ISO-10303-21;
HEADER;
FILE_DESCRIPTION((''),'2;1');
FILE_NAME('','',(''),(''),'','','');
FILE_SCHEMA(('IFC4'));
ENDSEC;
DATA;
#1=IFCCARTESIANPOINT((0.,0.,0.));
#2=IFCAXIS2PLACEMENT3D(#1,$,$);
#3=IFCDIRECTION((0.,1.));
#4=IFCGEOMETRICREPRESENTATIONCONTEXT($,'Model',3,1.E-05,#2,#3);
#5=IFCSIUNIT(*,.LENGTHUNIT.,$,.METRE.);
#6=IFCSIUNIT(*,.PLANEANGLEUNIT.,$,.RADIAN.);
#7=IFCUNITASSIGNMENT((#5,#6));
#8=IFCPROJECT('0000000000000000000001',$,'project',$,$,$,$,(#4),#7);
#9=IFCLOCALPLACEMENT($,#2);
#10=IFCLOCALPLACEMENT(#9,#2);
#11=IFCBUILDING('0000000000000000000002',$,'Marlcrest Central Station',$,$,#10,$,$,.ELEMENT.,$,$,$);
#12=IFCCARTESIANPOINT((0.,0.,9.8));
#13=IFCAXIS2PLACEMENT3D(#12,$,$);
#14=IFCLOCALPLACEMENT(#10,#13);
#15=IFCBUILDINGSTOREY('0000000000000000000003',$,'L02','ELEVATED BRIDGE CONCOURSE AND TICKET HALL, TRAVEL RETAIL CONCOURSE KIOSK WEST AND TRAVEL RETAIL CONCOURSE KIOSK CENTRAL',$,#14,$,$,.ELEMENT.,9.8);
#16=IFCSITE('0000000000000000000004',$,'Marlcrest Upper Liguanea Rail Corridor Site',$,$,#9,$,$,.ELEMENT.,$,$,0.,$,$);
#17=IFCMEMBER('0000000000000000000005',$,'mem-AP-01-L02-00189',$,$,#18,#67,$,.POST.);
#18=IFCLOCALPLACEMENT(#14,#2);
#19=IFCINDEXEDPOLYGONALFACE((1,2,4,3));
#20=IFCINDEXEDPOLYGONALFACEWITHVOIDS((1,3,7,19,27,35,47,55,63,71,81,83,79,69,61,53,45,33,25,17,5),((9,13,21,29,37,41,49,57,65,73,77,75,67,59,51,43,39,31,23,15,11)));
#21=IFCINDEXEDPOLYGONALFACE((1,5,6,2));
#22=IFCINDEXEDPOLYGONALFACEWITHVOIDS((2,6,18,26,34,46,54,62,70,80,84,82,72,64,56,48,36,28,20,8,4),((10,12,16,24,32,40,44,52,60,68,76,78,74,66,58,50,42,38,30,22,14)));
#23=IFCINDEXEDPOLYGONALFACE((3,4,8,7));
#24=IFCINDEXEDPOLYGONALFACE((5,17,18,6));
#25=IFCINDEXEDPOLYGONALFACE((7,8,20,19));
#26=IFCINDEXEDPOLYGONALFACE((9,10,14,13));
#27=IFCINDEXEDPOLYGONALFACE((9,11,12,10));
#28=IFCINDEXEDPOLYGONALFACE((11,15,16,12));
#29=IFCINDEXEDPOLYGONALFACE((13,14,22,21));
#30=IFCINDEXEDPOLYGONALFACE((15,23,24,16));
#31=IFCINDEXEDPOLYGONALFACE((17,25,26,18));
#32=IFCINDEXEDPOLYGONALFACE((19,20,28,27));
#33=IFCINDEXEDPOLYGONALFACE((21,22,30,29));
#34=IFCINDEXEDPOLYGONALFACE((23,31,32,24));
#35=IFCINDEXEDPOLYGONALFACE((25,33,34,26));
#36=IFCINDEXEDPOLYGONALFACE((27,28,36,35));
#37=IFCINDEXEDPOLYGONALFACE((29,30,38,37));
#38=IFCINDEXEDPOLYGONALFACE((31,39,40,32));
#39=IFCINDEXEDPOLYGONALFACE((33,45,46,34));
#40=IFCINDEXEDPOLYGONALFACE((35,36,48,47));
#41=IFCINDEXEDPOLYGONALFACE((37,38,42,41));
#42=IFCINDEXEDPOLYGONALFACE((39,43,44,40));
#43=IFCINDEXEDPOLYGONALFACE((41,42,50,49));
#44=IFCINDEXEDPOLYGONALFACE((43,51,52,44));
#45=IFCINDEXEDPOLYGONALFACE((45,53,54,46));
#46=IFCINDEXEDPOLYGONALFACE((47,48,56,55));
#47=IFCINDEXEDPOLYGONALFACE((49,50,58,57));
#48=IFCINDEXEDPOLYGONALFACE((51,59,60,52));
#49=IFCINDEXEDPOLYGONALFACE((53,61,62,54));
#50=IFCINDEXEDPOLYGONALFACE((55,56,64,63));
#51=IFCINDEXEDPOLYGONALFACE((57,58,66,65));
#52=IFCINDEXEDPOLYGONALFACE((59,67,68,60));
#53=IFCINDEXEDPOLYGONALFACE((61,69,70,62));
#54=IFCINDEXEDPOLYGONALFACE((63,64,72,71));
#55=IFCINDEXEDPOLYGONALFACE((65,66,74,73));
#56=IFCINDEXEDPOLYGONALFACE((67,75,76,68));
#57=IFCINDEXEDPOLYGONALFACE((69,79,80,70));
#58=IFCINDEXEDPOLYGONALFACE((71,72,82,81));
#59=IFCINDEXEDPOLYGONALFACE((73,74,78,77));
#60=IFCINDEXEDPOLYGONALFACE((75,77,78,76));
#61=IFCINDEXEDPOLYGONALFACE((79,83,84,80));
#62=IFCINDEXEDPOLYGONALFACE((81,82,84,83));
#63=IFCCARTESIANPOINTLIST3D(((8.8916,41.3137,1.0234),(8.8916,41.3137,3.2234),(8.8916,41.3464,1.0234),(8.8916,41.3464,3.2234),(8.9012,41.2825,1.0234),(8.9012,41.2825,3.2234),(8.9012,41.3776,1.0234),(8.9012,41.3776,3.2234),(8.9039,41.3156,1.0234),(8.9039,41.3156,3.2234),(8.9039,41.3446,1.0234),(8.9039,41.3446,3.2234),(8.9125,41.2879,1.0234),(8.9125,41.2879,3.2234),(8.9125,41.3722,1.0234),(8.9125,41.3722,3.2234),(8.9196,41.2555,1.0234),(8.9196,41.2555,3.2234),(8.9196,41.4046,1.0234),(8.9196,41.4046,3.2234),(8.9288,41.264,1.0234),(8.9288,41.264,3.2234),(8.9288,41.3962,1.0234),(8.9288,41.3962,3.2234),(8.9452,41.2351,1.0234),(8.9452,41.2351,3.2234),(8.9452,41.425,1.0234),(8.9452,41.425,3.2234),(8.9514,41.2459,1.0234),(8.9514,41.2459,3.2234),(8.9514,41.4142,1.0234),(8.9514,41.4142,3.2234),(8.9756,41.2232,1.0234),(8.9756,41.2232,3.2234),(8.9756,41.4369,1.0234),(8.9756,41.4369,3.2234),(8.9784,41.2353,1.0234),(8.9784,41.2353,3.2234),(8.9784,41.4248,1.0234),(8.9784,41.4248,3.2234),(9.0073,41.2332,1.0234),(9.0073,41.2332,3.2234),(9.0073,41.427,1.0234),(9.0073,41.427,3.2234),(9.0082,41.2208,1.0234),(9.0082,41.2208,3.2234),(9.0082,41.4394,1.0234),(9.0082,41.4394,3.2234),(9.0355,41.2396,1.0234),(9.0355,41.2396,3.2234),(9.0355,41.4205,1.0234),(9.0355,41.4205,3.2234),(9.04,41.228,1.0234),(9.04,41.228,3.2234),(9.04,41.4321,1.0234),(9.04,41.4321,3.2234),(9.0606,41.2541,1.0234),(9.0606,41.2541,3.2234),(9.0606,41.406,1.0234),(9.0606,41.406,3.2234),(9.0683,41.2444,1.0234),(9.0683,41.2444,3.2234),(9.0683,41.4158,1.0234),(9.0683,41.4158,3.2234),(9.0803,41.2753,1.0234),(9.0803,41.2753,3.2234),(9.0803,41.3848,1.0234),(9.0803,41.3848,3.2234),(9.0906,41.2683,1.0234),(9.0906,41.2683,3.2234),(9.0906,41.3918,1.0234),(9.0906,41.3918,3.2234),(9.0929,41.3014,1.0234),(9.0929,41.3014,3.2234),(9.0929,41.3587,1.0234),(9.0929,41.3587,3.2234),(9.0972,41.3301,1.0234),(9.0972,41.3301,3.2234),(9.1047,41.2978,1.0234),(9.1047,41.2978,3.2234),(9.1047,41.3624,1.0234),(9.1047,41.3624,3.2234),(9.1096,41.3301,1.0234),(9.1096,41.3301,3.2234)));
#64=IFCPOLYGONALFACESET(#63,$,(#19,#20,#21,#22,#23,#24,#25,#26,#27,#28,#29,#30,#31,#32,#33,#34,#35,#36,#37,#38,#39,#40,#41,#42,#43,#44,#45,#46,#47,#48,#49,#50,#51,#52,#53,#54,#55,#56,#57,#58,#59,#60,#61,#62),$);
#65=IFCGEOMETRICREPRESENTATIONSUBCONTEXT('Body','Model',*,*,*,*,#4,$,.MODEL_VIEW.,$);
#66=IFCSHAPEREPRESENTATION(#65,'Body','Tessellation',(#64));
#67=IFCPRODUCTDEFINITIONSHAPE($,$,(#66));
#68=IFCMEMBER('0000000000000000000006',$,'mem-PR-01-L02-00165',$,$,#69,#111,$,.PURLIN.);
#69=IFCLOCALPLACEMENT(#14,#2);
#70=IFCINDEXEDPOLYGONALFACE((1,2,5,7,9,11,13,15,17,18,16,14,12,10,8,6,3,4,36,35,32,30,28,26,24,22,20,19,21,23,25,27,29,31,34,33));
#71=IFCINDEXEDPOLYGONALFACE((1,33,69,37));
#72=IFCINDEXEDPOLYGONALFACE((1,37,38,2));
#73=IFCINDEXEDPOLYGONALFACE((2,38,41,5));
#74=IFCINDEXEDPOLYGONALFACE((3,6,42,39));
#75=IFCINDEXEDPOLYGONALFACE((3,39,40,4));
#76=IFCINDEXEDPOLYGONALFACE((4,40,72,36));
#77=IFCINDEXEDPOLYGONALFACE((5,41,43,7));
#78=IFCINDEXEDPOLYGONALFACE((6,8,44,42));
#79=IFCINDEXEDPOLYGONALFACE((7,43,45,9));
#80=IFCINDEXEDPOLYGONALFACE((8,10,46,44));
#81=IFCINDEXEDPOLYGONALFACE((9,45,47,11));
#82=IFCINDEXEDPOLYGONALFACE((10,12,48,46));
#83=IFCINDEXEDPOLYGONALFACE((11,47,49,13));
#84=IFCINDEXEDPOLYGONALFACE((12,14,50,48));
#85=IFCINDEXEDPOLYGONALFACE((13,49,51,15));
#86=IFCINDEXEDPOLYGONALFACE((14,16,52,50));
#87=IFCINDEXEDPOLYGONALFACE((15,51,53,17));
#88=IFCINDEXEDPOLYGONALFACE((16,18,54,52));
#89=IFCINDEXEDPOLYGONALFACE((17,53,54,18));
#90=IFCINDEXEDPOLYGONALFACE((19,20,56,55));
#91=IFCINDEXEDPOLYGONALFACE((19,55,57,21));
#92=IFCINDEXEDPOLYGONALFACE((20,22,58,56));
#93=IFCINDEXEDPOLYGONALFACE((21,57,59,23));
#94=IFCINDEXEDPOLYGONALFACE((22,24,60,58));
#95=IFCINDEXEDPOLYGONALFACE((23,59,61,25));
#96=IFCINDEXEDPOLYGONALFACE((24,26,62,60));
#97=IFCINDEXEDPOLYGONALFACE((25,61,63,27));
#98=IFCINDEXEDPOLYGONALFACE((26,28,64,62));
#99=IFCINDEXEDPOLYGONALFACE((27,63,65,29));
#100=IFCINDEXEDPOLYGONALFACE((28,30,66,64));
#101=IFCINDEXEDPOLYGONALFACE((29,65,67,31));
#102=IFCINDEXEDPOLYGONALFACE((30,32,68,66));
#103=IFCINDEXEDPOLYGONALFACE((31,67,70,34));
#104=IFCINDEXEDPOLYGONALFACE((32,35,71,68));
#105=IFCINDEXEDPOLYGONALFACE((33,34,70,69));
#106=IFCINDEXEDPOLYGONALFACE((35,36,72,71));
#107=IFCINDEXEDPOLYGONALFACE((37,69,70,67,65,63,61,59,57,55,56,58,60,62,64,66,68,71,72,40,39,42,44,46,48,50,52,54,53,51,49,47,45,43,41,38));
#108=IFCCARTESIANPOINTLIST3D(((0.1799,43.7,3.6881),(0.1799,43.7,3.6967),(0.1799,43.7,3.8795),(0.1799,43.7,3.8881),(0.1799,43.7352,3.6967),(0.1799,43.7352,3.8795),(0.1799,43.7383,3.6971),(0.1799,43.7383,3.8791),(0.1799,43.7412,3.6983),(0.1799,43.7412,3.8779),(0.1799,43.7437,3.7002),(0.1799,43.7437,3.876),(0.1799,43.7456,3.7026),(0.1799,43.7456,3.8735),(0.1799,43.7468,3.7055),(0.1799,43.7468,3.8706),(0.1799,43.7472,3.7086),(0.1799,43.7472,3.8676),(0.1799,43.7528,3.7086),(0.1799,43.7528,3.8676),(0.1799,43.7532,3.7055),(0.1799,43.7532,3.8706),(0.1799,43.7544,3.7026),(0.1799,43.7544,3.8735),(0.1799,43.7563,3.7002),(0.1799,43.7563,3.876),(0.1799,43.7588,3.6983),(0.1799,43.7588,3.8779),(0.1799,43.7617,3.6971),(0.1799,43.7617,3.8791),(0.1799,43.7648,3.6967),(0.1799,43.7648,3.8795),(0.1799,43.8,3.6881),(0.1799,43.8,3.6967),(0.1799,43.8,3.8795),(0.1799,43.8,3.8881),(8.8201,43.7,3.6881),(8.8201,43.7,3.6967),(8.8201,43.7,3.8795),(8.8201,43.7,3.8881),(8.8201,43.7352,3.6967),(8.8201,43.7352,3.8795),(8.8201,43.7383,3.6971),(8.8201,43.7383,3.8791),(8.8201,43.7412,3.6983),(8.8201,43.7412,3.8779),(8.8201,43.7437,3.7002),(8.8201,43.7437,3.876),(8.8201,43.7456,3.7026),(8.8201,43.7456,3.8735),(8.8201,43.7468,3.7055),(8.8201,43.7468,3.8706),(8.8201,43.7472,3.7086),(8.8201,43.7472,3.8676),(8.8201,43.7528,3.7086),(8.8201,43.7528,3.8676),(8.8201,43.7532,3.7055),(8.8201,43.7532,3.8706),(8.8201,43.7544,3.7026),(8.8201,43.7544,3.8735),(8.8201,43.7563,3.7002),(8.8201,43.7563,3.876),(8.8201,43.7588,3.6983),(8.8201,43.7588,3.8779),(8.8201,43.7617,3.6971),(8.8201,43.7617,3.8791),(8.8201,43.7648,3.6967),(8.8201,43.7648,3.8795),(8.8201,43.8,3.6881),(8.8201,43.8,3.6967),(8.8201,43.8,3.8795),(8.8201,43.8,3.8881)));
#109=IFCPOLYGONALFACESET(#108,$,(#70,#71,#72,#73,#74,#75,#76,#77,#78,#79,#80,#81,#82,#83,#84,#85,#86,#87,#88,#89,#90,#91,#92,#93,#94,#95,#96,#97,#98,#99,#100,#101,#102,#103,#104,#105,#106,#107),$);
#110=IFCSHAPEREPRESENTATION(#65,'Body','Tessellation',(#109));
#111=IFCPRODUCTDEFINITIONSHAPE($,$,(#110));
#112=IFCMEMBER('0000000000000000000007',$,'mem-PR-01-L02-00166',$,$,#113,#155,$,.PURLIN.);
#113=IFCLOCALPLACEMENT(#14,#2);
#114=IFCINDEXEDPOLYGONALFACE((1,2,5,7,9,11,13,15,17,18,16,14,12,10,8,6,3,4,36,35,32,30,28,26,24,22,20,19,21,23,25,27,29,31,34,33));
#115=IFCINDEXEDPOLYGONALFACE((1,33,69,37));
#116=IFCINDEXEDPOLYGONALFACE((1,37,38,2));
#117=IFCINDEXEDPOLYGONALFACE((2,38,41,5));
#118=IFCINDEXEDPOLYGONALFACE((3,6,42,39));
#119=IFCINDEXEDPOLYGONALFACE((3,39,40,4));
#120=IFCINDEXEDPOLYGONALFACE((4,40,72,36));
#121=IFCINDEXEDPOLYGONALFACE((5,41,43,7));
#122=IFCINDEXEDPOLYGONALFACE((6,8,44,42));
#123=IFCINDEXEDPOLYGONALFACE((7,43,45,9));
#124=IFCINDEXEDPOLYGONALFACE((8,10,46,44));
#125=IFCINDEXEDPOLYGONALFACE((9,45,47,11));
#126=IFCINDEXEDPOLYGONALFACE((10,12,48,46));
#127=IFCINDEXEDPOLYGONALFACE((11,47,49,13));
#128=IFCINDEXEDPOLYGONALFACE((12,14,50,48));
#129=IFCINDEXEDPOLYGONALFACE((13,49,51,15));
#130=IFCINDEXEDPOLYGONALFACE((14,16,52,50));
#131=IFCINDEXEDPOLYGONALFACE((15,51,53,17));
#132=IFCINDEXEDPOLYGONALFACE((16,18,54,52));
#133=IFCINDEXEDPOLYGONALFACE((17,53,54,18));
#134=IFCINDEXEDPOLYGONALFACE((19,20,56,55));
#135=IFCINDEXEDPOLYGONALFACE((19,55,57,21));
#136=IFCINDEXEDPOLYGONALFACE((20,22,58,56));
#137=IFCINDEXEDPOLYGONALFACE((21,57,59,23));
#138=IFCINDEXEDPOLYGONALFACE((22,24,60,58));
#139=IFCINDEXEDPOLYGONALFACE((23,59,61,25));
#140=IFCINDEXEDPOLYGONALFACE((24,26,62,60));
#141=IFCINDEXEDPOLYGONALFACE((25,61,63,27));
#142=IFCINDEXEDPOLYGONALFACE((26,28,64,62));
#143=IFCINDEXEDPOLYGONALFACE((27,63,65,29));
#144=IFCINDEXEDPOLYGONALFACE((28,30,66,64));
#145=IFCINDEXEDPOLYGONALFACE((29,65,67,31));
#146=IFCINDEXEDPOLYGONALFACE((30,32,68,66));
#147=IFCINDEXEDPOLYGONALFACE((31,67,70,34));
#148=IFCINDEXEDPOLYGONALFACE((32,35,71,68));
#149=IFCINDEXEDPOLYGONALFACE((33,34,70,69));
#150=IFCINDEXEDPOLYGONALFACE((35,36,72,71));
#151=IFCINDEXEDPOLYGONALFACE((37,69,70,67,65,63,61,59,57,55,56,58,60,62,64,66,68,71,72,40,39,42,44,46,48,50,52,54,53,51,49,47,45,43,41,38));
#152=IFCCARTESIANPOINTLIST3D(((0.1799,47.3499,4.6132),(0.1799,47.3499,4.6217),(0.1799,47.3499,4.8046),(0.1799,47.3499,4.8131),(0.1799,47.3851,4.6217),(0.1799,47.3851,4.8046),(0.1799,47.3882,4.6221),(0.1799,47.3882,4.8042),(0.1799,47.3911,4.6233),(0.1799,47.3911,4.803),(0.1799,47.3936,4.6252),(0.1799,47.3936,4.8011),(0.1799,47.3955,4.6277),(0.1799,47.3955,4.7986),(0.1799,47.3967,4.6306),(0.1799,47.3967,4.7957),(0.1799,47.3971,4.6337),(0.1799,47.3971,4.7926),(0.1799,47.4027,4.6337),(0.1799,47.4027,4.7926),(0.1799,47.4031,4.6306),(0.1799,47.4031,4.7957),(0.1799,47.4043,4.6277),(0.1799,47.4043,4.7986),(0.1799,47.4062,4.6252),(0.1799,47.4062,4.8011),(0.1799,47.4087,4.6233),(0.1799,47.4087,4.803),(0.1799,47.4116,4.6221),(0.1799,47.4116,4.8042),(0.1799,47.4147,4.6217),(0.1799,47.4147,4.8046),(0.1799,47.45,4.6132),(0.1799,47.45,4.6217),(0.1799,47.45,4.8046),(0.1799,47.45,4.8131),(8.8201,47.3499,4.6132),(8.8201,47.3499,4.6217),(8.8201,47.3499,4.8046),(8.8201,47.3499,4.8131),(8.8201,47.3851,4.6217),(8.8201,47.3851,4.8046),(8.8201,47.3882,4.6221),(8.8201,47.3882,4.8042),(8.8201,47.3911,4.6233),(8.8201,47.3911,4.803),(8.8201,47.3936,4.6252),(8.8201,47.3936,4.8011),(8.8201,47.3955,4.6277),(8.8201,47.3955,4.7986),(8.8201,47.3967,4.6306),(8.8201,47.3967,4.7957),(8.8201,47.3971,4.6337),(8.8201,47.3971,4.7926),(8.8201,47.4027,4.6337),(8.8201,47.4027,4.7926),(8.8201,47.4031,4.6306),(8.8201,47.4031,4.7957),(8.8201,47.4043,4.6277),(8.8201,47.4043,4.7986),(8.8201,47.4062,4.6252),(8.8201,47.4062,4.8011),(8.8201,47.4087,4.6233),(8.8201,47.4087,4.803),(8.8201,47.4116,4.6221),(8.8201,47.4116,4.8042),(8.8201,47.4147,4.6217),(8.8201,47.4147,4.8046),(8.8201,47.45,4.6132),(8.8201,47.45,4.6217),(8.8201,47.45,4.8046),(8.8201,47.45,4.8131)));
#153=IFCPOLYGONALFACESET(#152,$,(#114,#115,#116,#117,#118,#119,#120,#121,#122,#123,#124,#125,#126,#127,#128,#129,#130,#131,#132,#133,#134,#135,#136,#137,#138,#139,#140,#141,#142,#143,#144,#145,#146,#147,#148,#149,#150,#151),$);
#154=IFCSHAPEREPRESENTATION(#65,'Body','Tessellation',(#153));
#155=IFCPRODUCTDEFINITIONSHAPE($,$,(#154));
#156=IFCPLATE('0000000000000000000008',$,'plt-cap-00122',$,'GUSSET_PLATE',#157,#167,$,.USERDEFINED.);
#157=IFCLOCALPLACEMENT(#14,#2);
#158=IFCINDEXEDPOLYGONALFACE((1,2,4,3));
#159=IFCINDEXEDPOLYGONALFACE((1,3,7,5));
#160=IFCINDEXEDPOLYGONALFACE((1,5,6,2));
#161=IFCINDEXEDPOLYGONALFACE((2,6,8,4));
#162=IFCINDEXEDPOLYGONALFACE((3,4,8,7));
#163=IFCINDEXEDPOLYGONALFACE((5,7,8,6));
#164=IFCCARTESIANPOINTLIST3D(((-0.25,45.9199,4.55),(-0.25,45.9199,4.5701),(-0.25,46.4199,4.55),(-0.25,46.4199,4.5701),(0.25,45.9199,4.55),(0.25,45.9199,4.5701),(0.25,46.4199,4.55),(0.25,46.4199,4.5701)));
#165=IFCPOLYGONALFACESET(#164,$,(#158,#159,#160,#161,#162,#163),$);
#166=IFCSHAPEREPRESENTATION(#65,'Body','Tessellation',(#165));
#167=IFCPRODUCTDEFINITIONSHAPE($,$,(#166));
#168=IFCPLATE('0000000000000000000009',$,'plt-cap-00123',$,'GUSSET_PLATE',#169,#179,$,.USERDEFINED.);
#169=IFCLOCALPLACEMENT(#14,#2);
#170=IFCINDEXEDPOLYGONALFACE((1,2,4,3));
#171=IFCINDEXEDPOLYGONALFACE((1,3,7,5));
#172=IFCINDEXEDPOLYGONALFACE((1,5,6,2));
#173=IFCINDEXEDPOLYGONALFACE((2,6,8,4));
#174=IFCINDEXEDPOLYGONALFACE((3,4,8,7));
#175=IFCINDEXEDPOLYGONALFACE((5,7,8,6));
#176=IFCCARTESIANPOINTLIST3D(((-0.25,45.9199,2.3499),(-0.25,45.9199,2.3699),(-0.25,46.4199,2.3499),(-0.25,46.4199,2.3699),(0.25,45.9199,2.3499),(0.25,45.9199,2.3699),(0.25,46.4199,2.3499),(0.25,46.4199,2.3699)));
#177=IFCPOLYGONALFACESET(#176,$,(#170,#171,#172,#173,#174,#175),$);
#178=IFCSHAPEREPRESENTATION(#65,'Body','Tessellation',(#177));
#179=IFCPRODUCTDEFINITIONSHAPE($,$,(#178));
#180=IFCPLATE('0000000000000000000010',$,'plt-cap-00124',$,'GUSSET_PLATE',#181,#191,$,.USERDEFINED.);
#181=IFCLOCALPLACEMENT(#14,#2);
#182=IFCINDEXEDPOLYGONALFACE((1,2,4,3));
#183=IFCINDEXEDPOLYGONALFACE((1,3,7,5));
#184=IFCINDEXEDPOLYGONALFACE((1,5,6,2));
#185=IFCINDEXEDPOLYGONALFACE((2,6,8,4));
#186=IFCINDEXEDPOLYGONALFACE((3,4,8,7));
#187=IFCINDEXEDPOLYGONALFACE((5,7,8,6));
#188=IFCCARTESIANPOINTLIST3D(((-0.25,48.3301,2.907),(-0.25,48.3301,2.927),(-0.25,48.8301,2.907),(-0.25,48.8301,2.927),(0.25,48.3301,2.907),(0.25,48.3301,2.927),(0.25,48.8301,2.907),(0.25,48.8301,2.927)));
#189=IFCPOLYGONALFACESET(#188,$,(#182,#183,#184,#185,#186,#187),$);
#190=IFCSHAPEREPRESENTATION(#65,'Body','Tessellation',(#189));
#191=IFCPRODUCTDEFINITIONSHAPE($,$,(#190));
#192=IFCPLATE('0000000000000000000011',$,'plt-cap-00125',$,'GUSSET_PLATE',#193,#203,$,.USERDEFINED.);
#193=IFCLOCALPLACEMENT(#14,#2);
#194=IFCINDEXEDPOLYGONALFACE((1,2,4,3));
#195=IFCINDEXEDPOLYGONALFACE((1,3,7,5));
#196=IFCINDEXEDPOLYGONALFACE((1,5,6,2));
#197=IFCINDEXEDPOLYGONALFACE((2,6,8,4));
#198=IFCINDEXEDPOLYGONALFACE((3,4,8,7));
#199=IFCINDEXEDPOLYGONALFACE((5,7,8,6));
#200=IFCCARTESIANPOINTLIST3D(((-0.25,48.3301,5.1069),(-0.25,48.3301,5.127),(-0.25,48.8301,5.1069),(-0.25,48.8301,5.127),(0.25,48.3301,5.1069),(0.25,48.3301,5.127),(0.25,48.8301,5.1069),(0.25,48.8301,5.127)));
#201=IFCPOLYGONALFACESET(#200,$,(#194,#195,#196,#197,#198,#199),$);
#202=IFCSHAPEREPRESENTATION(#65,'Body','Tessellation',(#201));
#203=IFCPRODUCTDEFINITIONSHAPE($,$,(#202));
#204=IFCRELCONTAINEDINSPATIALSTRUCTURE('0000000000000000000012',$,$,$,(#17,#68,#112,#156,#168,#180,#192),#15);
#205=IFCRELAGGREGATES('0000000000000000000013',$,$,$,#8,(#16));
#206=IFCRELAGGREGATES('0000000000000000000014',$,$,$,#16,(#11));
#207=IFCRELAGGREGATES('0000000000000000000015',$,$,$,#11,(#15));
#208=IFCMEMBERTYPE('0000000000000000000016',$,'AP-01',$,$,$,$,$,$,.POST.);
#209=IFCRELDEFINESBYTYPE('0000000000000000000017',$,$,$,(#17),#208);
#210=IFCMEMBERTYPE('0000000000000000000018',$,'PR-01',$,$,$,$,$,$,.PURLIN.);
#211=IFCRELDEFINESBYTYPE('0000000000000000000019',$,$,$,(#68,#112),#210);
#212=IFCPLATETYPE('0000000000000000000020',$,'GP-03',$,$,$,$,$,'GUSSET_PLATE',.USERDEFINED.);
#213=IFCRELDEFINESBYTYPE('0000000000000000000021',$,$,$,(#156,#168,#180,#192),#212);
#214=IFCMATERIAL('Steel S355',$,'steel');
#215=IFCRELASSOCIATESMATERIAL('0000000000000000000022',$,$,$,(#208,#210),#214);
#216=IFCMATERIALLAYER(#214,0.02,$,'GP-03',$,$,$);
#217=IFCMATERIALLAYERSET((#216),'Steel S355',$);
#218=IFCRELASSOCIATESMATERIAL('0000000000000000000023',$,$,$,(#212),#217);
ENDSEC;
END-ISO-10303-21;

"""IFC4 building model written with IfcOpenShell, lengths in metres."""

from ifc_helpers import new_model, si_unit, direction, frame, origin, origin_2d, place, context, subcontext, project, spatial, rectangle, hollow_circle, i_section, extrude, material, layer, layer_set, material_profile, profile_set, type_object, element, save


model = new_model("IFC4")

# Units and contexts
model_context = context("Model", 3, precision=1e-05, world=origin(), true_north=direction((0.0, 1.0)))
body_context = subcontext(model_context, "Body", "Model", "MODEL_VIEW")
ifc_project = project(units=[si_unit("LENGTHUNIT", "METRE"), si_unit("PLANEANGLEUNIT", "RADIAN")], contexts=[model_context])

# Site, building, storey
site_placement = place(None, origin())
site = spatial("IfcSite", under=ifc_project, at=site_placement, Name="Marlcrest Upper Liguanea Rail Corridor Site", CompositionType="ELEMENT", RefElevation=0.0)
building_placement = place(site_placement, origin())
building = spatial("IfcBuilding", under=site, at=building_placement, Name="Marlcrest Central Station", CompositionType="ELEMENT")
storey_placement = place(building_placement, frame((0.0, 0.0, 9.8)))
storey = spatial("IfcBuildingStorey", under=building, at=storey_placement, Name="L02", Description="ELEVATED BRIDGE CONCOURSE AND TICKET HALL, TRAVEL RETAIL CONCOURSE KIOSK WEST AND TRAVEL RETAIL CONCOURSE KIOSK CENTRAL", CompositionType="ELEMENT", Elevation=9.8)

# Members
ifc_material_1 = material(Name="Steel S355", Category="steel")
ifc_material_profile_1 = material_profile(ifc_material_1, hollow_circle(Radius=0.1096, WallThickness=0.0125, at=origin_2d()), Name="CHS 219.1x12.5")
ifc_profile_set_1 = profile_set([ifc_material_profile_1], Name="Steel S355")
member_type_1 = type_object("IfcMemberType", Name="AP-01", PredefinedType="POST", material=ifc_profile_set_1)
for number, where, z_axis, x_axis, name in (
    (1, (9.0, 41.3301, 1.0234), (0.0, 0.0, 1.0), (1.0, 0.0, 0.0), "mem-AP-01-L02-00189"),
):
    element("IfcMember", number, at=place(storey_placement, frame(where, z_axis=z_axis, x_axis=x_axis)), inside=storey, type_object=member_type_1, Name=name, PredefinedType="POST", context=body_context, shape_type="SweptSolid", body=[
        extrude(hollow_circle(Radius=0.1096, WallThickness=0.0125, at=origin_2d()), origin(), (0.0, 0.0, 1.0), 2.2),
    ])
ifc_material_profile_2 = material_profile(ifc_material_1, i_section(OverallWidth=0.1001, OverallDepth=0.2, WebThickness=0.0056, FlangeThickness=0.0085, FilletRadius=0.012, at=origin_2d()), Name="IPE 200")
ifc_profile_set_2 = profile_set([ifc_material_profile_2], Name="Steel S355")
member_type_2 = type_object("IfcMemberType", Name="PR-01", PredefinedType="PURLIN", material=ifc_profile_set_2)
for number, where, z_axis, x_axis, name in (
    (2, (0.1799, 43.75, 3.7881), (1.0, 0.0, 0.0), (0.0, 1.0, 0.0), "mem-PR-01-L02-00165"),
    (3, (0.1799, 47.3999, 4.7131), (1.0, 0.0, 0.0), (0.0, 1.0, 0.0), "mem-PR-01-L02-00166"),
):
    element("IfcMember", number, at=place(storey_placement, frame(where, z_axis=z_axis, x_axis=x_axis)), inside=storey, type_object=member_type_2, Name=name, PredefinedType="PURLIN", context=body_context, shape_type="SweptSolid", body=[
        extrude(i_section(OverallWidth=0.1001, OverallDepth=0.2, WebThickness=0.0056, FlangeThickness=0.0085, FilletRadius=0.012, at=origin_2d()), origin(), (0.0, 0.0, 1.0), 8.6401),
    ])

# Plates
ifc_layer_1 = layer(ifc_material_1, 0.02, Name="GP-03")
ifc_layer_set_1 = layer_set([ifc_layer_1], Name="Steel S355")
plate_type = type_object("IfcPlateType", Name="GP-03", ElementType="GUSSET_PLATE", PredefinedType="USERDEFINED", material=ifc_layer_set_1)
for number, where, z_axis, x_axis, name in (
    (4, (0.0, 46.1699, 4.55), (0.0, 0.0, 1.0), (1.0, 0.0, 0.0), "plt-cap-00122"),
    (5, (0.0, 46.1699, 2.3499), (0.0, 0.0, 1.0), (1.0, 0.0, 0.0), "plt-cap-00123"),
    (6, (0.0, 48.5801, 2.907), (0.0, 0.0, 1.0), (1.0, 0.0, 0.0), "plt-cap-00124"),
    (7, (0.0, 48.5801, 5.1069), (0.0, 0.0, 1.0), (1.0, 0.0, 0.0), "plt-cap-00125"),
):
    element("IfcPlate", number, at=place(storey_placement, frame(where, z_axis=z_axis, x_axis=x_axis)), inside=storey, type_object=plate_type, Name=name, ObjectType="GUSSET_PLATE", PredefinedType="USERDEFINED", context=body_context, shape_type="SweptSolid", body=[
        extrude(rectangle(XDim=0.5, YDim=0.5, at=origin_2d()), origin(), (0.0, 0.0, 1.0), 0.02),
    ])

save(model, "model.ifc")
